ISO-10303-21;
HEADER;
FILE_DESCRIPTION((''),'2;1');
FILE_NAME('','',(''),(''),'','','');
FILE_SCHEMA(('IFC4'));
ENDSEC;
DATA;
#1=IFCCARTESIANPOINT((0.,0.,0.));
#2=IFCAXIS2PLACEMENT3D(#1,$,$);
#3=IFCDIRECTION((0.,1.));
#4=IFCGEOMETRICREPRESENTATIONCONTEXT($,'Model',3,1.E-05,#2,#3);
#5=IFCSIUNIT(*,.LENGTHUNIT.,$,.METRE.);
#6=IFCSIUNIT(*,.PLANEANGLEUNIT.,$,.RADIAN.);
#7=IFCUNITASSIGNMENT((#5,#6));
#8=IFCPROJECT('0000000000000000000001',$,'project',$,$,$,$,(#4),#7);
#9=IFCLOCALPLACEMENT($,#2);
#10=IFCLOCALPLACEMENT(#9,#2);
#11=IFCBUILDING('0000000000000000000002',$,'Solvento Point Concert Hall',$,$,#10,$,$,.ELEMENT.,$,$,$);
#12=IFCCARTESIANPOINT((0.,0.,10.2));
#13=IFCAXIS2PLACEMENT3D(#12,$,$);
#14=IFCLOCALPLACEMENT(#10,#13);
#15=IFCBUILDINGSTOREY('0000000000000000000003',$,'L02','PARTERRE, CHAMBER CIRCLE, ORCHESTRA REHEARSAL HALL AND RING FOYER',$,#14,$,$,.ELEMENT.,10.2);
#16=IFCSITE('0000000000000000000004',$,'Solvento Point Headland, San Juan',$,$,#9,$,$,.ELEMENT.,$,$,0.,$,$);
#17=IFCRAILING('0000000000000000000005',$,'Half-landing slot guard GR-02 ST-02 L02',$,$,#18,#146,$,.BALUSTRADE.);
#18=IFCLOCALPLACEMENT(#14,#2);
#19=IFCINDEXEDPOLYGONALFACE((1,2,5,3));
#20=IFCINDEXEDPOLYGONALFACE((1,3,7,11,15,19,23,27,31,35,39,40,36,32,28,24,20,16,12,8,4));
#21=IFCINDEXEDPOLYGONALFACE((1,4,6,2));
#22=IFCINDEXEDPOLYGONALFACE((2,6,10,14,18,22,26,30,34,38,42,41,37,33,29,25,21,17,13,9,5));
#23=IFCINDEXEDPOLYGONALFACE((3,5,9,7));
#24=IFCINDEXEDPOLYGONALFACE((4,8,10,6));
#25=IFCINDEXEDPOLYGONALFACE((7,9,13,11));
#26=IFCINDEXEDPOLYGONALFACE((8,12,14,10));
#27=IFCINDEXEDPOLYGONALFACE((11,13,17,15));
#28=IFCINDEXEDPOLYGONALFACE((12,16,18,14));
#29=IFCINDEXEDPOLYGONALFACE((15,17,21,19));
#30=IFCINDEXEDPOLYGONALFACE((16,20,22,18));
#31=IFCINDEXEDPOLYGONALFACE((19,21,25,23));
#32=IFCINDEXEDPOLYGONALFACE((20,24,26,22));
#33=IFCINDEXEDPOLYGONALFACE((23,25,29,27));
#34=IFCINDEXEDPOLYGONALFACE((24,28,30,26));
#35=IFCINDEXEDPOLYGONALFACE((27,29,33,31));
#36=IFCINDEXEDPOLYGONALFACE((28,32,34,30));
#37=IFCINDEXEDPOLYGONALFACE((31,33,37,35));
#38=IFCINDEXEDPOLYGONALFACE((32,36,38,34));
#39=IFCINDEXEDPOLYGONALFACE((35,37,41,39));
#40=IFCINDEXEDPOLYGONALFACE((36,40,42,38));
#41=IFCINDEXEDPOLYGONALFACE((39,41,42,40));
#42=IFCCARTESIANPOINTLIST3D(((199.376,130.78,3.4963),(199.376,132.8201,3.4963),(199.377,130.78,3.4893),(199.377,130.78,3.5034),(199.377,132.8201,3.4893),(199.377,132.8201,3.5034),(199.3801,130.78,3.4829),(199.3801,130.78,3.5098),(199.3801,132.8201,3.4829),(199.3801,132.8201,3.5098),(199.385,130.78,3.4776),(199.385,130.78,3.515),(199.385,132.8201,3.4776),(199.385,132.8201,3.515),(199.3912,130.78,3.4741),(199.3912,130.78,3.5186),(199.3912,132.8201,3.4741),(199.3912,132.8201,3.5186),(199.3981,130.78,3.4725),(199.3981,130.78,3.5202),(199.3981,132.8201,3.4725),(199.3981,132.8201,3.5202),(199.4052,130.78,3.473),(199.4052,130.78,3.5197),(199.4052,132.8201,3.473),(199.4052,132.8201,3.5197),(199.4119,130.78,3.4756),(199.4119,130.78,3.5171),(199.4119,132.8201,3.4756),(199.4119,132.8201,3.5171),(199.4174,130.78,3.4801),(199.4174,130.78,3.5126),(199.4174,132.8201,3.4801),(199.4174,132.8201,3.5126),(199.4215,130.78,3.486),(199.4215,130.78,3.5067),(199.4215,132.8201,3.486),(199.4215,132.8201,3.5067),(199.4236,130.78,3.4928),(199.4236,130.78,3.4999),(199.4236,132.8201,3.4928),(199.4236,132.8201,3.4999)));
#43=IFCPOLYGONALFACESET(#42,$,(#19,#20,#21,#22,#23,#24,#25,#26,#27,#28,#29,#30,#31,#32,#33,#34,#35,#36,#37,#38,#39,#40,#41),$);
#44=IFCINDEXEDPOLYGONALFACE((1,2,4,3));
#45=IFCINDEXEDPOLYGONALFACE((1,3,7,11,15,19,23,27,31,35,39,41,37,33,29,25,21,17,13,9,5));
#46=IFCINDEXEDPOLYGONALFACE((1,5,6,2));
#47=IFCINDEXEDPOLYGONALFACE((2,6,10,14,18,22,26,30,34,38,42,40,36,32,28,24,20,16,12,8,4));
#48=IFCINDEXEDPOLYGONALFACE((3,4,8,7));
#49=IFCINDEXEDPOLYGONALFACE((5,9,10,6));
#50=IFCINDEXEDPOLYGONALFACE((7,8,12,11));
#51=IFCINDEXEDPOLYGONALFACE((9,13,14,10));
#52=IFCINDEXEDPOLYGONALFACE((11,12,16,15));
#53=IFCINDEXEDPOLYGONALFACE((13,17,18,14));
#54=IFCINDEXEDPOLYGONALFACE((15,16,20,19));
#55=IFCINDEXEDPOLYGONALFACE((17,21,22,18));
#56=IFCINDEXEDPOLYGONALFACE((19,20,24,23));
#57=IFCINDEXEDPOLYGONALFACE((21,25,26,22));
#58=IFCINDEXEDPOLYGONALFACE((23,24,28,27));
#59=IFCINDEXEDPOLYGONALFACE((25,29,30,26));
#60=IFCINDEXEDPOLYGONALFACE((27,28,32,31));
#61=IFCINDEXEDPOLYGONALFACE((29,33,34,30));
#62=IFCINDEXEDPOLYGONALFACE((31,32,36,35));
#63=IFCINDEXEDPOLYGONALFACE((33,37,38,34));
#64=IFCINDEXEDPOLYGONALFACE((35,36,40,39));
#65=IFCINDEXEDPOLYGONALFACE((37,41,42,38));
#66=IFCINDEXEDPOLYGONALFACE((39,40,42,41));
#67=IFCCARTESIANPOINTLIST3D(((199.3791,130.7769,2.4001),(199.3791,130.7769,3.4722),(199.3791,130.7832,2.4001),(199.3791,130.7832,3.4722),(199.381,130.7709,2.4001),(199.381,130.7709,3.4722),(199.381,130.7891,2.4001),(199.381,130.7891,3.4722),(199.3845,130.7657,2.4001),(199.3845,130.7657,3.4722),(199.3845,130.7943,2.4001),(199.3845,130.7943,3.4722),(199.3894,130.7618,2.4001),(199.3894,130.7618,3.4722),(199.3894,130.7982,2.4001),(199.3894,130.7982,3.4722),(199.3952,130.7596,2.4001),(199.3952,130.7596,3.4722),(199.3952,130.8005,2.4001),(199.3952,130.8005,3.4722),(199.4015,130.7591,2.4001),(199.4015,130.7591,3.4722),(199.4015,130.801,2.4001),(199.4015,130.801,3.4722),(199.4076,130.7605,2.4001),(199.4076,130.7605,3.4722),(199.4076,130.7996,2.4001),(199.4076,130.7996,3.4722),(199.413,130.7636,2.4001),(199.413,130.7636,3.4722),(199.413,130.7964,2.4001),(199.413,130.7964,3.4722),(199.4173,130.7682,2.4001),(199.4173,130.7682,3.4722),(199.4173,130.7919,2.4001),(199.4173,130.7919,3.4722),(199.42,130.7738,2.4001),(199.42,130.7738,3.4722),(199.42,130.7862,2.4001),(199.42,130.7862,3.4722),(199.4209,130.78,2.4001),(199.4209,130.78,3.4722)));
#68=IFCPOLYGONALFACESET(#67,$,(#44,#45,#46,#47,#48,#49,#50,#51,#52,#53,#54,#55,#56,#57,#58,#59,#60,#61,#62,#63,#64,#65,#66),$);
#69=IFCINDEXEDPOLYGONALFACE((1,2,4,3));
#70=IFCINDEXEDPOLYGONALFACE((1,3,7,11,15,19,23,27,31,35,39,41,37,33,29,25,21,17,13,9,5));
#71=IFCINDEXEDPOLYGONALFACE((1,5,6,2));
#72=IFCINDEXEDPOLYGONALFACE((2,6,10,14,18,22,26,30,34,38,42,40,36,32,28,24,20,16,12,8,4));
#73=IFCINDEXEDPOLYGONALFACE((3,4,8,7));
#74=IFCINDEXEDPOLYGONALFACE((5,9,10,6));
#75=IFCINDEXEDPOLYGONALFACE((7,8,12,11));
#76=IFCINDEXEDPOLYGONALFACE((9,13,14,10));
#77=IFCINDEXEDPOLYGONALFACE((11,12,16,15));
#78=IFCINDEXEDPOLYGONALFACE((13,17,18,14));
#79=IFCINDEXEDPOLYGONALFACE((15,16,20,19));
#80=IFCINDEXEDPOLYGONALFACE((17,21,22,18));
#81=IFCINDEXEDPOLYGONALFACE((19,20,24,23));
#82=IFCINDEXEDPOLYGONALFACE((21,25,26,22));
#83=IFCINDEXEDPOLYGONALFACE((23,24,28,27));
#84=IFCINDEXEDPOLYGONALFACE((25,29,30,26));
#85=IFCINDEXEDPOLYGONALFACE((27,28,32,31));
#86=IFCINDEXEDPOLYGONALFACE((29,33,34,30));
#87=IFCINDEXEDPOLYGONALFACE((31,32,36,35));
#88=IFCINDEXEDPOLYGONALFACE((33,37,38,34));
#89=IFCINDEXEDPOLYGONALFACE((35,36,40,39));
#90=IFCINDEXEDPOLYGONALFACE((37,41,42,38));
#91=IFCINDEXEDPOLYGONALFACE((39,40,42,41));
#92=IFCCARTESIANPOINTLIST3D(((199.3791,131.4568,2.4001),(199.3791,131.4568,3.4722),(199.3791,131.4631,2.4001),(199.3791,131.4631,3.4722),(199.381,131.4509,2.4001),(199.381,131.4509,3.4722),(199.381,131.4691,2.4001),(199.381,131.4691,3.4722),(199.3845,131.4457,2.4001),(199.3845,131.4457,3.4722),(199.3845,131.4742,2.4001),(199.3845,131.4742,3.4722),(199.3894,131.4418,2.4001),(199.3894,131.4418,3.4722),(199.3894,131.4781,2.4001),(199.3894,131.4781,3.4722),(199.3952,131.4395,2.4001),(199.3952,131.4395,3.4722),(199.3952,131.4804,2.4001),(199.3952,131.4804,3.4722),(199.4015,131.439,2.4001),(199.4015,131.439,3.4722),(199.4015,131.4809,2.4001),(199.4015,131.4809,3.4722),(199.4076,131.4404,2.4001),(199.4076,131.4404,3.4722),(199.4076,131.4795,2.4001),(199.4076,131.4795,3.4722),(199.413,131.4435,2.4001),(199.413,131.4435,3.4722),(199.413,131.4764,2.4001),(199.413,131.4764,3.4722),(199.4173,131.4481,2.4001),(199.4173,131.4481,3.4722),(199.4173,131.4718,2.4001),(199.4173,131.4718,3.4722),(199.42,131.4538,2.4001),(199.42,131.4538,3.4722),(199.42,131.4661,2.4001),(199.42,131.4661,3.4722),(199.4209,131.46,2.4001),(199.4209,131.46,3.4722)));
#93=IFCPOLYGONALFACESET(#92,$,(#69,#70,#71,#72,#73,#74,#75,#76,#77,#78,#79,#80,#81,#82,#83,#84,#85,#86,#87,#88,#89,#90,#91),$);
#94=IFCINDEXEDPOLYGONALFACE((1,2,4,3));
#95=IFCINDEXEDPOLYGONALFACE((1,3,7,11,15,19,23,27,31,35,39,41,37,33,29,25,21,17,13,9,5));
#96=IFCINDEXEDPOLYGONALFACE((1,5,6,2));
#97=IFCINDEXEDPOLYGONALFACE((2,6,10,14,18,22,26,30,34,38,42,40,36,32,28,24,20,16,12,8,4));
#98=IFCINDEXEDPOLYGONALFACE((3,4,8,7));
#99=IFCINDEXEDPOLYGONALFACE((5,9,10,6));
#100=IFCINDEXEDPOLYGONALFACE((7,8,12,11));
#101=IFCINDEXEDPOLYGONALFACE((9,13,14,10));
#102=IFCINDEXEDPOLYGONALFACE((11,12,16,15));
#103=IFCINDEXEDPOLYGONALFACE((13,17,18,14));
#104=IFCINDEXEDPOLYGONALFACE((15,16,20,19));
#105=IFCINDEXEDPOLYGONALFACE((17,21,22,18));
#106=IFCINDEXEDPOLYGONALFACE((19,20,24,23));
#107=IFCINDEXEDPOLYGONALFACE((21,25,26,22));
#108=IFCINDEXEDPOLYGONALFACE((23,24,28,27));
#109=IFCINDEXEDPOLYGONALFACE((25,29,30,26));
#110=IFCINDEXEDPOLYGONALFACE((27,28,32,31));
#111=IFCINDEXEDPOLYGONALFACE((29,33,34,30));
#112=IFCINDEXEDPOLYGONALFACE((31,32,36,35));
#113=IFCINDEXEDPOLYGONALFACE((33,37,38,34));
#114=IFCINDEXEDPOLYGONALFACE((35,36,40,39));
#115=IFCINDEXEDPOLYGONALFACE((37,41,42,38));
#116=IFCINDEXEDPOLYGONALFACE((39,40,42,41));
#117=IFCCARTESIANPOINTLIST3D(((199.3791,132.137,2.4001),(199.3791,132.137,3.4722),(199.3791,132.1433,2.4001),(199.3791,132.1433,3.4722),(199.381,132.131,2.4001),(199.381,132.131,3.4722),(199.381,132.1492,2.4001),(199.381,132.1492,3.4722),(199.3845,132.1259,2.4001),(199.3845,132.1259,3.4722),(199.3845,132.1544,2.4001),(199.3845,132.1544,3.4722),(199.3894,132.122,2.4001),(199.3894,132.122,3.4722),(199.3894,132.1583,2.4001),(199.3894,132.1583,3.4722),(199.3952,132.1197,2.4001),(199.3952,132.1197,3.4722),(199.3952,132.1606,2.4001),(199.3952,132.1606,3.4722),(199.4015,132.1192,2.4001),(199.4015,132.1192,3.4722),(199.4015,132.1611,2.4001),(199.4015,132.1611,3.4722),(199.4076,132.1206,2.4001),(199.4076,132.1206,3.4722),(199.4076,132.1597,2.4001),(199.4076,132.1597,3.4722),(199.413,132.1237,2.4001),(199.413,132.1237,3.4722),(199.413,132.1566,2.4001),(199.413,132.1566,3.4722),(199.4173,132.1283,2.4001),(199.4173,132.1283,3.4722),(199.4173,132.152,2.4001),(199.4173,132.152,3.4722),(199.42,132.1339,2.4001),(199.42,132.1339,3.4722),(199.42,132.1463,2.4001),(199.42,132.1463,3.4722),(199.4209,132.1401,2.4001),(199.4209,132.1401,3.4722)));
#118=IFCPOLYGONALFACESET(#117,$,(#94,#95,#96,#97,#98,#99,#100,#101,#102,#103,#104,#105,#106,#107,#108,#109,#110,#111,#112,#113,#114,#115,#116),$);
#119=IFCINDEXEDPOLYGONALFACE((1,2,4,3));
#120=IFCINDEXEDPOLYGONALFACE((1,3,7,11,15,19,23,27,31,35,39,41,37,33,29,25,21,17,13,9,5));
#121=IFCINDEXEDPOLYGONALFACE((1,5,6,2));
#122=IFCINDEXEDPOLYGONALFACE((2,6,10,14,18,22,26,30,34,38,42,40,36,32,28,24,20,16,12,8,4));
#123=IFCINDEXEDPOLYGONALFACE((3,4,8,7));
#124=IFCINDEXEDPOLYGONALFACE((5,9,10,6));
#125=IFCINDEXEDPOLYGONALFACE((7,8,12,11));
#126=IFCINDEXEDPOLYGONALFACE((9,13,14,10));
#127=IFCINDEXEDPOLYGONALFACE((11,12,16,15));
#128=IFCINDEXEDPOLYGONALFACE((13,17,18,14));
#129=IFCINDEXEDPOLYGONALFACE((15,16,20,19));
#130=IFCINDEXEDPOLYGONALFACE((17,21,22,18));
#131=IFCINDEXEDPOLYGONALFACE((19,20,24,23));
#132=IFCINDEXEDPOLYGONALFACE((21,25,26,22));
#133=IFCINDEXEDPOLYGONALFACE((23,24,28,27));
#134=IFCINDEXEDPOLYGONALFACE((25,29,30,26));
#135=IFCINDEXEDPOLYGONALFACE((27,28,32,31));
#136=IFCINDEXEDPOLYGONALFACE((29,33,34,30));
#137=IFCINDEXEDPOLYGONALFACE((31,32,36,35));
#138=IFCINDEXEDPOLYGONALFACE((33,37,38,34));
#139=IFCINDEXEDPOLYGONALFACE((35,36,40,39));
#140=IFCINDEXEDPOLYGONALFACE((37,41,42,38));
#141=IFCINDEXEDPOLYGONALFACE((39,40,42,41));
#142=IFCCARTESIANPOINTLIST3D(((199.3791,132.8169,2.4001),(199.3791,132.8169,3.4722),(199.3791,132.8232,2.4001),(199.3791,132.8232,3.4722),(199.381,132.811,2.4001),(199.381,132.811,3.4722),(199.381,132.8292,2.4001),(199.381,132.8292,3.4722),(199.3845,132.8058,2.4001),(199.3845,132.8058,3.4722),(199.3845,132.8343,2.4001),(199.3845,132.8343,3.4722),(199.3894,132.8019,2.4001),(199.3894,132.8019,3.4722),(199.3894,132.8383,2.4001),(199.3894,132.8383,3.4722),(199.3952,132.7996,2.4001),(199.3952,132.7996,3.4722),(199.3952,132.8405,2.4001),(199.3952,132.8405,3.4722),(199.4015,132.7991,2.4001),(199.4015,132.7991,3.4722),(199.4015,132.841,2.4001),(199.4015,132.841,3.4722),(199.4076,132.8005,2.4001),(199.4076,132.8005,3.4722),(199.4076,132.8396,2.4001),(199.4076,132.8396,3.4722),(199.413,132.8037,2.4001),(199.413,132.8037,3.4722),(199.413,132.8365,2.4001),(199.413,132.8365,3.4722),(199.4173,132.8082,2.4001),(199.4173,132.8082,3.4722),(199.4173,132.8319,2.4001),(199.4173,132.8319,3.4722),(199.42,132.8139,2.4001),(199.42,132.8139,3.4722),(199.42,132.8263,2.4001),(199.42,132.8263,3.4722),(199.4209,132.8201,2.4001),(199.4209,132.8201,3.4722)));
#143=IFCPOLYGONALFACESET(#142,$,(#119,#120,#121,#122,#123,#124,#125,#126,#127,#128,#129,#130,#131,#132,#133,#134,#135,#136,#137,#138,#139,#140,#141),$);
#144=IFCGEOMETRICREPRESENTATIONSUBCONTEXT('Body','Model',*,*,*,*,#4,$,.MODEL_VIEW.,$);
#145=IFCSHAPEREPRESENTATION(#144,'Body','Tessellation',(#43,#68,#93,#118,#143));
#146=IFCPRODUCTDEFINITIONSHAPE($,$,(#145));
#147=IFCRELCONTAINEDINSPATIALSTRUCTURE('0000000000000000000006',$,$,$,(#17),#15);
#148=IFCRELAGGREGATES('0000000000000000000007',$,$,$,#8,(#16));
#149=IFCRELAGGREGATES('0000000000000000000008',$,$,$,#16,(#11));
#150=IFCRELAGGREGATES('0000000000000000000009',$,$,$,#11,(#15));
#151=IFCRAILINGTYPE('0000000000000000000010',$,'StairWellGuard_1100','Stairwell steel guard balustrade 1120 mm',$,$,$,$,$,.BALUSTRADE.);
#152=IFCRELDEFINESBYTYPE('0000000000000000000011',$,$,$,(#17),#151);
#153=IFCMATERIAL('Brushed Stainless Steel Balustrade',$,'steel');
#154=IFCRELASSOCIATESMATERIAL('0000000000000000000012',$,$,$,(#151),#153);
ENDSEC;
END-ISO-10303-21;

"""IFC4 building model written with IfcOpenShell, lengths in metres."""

from ifc_helpers import new_model, si_unit, direction, frame, origin, origin_2d, place, context, subcontext, project, spatial, circle, extrude, material, type_object, element, save


model = new_model("IFC4")

# Units and contexts
model_context = context("Model", 3, precision=1e-05, world=origin(), true_north=direction((0.0, 1.0)))
body_context = subcontext(model_context, "Body", "Model", "MODEL_VIEW")
ifc_project = project(units=[si_unit("LENGTHUNIT", "METRE"), si_unit("PLANEANGLEUNIT", "RADIAN")], contexts=[model_context])

# Site, building, storey
site_placement = place(None, origin())
site = spatial("IfcSite", under=ifc_project, at=site_placement, Name="Solvento Point Headland, San Juan", CompositionType="ELEMENT", RefElevation=0.0)
building_placement = place(site_placement, origin())
building = spatial("IfcBuilding", under=site, at=building_placement, Name="Solvento Point Concert Hall", CompositionType="ELEMENT")
storey_placement = place(building_placement, frame((0.0, 0.0, 10.2)))
storey = spatial("IfcBuildingStorey", under=building, at=storey_placement, Name="L02", Description="PARTERRE, CHAMBER CIRCLE, ORCHESTRA REHEARSAL HALL AND RING FOYER", CompositionType="ELEMENT", Elevation=10.2)

# Railing
ifc_material_1 = material(Name="Brushed Stainless Steel Balustrade", Category="steel")
railing_type_1 = type_object("IfcRailingType", Name="StairWellGuard_1100", Description="Stairwell steel guard balustrade 1120 mm", PredefinedType="BALUSTRADE", material=ifc_material_1)
railing_1_placement = place(storey_placement, frame((199.3999, 130.78, 2.4001)))
element("IfcRailing", 1, at=railing_1_placement, inside=storey, type_object=railing_type_1, Name="Half-landing slot guard GR-02 ST-02 L02", PredefinedType="BALUSTRADE", context=body_context, shape_type="SweptSolid", body=[
    extrude(circle(Radius=0.0239, at=origin_2d()), frame((0.0, 0.0, 1.0962), z_axis=(0.0, 1.0, 0.0), x_axis=(-1.0, 0.0, 0.0)), (0.0, 0.0, 1.0), 2.04),
    extrude(circle(Radius=0.021, at=origin_2d()), origin(), (0.0, 0.0, 1.0), 1.072),
    extrude(circle(Radius=0.021, at=origin_2d()), frame((0.0, 0.6799, 0.0)), (0.0, 0.0, 1.0), 1.072),
    extrude(circle(Radius=0.021, at=origin_2d()), frame((0.0, 1.3601, 0.0)), (0.0, 0.0, 1.0), 1.072),
    extrude(circle(Radius=0.021, at=origin_2d()), frame((0.0, 2.04, 0.0)), (0.0, 0.0, 1.0), 1.072),
])

save(model, "model.ifc")
